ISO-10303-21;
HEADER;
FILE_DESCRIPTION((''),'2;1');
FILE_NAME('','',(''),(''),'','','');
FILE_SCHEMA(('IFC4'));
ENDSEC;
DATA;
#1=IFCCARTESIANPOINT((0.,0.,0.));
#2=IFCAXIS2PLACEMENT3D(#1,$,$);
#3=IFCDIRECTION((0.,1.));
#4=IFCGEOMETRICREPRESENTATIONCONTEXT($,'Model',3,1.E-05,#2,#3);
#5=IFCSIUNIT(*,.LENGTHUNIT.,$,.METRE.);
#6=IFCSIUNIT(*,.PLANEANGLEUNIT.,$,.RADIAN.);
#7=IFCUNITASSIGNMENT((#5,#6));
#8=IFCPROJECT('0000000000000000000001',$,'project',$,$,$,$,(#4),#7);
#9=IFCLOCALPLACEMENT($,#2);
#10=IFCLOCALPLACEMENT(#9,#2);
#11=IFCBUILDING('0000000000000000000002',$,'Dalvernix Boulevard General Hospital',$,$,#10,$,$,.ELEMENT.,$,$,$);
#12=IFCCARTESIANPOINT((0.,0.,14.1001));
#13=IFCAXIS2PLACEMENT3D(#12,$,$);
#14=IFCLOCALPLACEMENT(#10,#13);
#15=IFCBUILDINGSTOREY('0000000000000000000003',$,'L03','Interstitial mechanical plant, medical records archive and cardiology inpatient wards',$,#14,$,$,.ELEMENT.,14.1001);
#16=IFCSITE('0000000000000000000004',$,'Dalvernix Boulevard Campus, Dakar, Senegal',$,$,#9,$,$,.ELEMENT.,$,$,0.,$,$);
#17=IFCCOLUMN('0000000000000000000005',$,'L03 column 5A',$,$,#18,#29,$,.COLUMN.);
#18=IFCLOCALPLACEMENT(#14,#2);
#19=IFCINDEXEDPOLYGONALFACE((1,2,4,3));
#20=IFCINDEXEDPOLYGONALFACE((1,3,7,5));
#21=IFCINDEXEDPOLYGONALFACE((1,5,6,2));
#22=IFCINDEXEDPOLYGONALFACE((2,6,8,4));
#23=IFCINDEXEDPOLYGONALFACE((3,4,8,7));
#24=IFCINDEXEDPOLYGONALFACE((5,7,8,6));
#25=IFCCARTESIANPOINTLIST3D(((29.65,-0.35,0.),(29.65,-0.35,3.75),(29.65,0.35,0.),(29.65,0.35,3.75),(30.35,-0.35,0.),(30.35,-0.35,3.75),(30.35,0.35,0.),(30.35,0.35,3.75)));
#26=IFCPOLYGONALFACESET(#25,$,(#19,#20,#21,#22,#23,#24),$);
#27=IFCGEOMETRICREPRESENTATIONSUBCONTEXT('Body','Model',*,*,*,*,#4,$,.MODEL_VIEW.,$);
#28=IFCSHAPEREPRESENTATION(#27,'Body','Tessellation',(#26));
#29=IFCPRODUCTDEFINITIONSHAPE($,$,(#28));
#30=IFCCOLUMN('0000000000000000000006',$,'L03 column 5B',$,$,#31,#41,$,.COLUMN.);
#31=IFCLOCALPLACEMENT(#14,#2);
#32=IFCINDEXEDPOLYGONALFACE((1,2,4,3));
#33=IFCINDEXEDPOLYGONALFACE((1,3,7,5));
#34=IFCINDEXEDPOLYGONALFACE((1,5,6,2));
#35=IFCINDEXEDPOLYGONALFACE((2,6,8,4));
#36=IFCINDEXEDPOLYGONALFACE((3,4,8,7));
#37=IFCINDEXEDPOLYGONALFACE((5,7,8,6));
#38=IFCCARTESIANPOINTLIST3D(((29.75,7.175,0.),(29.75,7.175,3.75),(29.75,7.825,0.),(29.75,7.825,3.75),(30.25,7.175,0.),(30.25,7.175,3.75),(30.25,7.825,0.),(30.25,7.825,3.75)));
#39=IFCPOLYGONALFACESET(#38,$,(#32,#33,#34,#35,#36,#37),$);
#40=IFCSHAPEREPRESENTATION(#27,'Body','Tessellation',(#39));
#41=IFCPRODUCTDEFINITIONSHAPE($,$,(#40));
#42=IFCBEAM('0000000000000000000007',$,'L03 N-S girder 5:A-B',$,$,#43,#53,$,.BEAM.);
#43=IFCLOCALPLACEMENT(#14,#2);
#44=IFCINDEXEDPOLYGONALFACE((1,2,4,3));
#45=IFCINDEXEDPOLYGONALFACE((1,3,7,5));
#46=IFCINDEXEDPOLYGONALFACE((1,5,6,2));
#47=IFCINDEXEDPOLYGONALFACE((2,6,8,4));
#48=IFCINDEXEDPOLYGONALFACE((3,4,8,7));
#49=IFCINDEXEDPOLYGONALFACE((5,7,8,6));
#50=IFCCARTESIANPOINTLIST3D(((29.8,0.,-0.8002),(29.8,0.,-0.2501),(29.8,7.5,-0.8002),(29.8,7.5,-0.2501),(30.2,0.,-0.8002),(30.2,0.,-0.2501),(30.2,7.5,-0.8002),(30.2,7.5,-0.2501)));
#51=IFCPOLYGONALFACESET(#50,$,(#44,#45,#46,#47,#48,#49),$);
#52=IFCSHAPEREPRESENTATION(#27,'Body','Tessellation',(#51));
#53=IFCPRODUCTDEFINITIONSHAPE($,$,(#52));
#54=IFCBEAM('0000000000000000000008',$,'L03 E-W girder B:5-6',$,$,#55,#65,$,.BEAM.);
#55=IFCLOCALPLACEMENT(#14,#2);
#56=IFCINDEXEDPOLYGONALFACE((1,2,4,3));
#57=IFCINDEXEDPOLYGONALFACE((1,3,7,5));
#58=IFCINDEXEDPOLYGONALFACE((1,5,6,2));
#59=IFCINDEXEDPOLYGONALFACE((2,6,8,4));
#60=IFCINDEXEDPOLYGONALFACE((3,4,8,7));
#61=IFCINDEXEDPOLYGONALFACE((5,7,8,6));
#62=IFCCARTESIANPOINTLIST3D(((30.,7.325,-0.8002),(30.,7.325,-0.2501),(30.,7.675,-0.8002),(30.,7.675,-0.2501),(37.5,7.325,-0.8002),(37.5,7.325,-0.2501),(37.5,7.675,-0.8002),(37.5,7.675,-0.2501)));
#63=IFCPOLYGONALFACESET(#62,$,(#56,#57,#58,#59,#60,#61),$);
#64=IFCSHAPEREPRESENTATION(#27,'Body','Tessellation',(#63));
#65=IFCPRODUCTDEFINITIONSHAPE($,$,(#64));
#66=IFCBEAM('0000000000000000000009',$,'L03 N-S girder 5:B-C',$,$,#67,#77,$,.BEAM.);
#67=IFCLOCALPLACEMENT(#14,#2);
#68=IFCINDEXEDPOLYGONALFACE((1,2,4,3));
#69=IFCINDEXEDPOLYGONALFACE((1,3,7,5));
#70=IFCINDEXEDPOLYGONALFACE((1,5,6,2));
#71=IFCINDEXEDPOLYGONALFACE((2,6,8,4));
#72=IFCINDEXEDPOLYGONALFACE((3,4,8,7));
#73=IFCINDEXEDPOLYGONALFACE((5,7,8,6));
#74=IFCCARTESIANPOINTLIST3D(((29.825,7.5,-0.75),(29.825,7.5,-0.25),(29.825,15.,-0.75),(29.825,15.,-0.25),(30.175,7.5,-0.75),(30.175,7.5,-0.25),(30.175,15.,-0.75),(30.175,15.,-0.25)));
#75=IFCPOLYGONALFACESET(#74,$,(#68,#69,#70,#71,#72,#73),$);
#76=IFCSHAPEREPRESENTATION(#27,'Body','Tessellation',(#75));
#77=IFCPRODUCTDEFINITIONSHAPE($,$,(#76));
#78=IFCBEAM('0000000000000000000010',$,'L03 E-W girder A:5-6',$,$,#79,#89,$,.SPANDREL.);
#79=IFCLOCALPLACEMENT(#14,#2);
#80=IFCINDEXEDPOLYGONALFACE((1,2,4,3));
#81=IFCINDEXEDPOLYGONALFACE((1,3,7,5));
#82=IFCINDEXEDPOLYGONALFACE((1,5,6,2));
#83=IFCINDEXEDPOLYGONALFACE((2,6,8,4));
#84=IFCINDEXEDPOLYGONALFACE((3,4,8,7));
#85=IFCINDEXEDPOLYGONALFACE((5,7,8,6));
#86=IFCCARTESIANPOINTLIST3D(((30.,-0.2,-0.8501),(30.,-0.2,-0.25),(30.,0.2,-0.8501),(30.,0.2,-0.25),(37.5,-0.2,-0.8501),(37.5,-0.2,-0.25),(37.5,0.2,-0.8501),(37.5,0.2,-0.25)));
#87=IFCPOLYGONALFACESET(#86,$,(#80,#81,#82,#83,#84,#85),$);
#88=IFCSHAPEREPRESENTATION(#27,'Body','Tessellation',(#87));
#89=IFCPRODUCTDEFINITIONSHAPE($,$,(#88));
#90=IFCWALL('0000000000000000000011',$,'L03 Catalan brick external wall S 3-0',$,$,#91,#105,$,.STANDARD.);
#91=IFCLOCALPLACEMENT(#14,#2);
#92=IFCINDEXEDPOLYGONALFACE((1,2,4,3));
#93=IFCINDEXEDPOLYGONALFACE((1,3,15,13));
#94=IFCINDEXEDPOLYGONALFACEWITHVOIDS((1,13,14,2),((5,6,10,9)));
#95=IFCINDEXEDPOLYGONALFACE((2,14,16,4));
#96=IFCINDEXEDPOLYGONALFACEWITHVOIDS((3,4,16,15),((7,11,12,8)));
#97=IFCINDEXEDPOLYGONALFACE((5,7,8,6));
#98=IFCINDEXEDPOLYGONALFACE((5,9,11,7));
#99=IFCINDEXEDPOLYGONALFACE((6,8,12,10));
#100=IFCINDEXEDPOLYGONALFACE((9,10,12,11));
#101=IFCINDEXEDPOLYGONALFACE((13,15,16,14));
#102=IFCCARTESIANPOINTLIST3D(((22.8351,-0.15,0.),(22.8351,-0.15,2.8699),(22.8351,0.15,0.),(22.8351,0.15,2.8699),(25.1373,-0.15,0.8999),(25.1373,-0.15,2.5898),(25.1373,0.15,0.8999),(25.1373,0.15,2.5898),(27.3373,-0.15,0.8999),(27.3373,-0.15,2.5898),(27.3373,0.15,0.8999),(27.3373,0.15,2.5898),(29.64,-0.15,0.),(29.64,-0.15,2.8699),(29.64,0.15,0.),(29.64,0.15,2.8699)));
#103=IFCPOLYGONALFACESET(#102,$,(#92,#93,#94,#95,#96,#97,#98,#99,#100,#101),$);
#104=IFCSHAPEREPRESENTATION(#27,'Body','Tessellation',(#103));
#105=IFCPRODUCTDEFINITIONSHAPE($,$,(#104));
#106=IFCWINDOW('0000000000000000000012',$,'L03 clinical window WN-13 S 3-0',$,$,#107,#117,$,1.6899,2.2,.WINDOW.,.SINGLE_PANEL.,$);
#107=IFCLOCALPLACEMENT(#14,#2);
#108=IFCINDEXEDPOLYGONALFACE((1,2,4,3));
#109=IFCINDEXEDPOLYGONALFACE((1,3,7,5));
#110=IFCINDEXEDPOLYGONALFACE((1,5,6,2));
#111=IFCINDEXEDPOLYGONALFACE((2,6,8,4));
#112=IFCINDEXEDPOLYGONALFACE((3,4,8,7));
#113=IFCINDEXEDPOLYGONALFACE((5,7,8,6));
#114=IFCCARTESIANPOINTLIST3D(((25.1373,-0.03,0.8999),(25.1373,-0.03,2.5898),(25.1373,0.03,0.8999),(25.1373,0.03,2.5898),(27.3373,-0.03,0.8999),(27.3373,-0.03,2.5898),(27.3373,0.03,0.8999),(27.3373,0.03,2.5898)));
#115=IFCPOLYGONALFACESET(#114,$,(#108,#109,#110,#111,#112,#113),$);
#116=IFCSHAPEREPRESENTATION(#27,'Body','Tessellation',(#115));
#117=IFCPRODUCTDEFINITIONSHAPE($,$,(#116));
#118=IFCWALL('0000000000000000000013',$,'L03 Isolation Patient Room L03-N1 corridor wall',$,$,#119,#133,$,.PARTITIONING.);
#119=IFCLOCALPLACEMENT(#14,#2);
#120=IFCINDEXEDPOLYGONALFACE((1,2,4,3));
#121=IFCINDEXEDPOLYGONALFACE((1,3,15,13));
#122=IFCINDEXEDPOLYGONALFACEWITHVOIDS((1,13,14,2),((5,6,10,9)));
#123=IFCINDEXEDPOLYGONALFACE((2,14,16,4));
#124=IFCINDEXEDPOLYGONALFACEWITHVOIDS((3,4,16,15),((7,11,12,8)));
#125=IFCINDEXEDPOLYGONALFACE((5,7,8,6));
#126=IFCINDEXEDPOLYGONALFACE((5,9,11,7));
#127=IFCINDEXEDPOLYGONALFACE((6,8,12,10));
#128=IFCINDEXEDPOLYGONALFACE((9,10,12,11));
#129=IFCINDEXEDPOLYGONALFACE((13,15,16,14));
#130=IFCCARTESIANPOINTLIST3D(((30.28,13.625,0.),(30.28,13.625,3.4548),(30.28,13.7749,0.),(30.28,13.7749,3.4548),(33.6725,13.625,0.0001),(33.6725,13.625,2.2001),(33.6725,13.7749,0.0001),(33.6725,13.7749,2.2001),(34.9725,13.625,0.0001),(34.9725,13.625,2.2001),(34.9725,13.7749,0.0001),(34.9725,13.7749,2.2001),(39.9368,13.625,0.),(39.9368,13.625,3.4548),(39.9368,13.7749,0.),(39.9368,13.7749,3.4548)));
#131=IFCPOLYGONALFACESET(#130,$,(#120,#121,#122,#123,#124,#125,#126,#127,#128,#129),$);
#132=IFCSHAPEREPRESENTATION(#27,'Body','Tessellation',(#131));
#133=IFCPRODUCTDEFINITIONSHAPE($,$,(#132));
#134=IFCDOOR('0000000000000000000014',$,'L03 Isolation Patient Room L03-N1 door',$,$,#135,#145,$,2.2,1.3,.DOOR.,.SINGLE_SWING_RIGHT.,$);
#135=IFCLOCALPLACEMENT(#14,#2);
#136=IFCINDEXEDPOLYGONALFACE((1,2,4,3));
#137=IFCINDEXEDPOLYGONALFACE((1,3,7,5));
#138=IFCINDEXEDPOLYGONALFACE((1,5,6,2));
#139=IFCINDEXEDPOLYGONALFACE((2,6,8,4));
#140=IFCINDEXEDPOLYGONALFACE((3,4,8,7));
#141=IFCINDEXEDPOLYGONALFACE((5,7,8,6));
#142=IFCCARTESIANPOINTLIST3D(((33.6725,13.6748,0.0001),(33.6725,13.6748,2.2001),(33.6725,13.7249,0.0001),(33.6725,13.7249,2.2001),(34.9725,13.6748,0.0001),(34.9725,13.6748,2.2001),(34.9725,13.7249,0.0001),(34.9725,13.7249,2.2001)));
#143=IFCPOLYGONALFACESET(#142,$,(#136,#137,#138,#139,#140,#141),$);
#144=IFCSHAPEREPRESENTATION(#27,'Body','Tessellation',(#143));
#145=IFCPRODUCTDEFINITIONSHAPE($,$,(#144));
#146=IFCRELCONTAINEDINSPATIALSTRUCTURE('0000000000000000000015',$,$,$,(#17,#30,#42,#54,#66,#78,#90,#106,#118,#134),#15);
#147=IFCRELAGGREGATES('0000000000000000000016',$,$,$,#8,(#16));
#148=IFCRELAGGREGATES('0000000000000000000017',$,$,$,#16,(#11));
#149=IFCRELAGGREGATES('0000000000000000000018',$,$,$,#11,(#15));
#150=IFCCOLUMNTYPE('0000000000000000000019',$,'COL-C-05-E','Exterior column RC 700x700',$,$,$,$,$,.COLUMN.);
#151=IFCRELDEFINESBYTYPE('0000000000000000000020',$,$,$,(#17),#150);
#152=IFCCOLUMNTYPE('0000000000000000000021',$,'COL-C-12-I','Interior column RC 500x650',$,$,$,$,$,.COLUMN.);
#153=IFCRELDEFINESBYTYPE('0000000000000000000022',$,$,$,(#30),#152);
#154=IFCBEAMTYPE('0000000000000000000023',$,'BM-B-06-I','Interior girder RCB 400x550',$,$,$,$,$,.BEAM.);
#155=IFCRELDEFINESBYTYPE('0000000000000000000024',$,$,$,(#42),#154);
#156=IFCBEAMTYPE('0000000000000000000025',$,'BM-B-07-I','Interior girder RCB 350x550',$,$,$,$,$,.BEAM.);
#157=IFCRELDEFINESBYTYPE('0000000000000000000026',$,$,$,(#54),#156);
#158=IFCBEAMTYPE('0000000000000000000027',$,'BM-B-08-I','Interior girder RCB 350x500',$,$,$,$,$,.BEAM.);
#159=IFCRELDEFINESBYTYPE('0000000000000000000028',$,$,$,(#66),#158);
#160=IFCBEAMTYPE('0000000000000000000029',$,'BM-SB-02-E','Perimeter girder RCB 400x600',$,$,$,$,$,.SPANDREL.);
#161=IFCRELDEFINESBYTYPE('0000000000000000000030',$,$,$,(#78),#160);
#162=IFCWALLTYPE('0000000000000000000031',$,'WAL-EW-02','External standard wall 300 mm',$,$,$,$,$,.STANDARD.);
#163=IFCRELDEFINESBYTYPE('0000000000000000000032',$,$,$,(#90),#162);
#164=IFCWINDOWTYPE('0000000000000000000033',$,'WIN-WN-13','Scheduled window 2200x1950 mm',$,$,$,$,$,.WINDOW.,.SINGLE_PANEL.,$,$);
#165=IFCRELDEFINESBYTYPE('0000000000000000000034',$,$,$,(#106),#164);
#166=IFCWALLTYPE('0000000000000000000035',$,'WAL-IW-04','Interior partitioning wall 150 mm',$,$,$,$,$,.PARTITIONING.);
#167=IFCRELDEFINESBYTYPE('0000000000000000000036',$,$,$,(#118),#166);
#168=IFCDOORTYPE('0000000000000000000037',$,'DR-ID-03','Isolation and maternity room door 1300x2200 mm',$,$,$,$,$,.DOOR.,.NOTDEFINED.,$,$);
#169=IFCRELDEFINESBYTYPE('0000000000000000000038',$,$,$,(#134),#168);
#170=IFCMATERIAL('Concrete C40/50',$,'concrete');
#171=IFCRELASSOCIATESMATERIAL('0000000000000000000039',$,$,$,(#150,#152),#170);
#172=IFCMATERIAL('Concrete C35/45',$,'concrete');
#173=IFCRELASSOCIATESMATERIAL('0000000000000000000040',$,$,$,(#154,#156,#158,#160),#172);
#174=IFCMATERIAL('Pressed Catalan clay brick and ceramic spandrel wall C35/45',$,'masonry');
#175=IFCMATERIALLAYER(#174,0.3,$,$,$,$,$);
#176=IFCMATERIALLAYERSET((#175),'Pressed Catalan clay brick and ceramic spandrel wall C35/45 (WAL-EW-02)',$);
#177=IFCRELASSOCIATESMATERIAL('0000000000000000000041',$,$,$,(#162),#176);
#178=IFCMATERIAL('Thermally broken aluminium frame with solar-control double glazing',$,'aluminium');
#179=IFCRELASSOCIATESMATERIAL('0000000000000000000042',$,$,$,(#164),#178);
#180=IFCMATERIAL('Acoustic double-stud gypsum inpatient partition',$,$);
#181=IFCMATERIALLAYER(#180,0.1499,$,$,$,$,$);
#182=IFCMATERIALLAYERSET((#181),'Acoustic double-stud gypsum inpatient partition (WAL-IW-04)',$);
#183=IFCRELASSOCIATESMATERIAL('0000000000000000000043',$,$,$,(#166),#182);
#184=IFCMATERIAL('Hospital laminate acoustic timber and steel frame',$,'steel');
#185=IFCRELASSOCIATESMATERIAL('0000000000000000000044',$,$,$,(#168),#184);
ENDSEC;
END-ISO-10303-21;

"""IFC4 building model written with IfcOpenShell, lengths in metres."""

from ifc_helpers import new_model, si_unit, direction, frame, frame_2d, origin, origin_2d, place, context, subcontext, project, spatial, rectangle, extrude, material, layer, layer_set, material_profile, profile_set, type_object, element, fill, save


model = new_model("IFC4")

# Units and contexts
model_context = context("Model", 3, precision=1e-05, world=origin(), true_north=direction((0.0, 1.0)))
body_context = subcontext(model_context, "Body", "Model", "MODEL_VIEW")
ifc_project = project(units=[si_unit("LENGTHUNIT", "METRE"), si_unit("PLANEANGLEUNIT", "RADIAN")], contexts=[model_context])

# Site, building, storey
site_placement = place(None, origin())
site = spatial("IfcSite", under=ifc_project, at=site_placement, Name="Dalvernix Boulevard Campus, Dakar, Senegal", CompositionType="ELEMENT", RefElevation=0.0)
building_placement = place(site_placement, origin())
building = spatial("IfcBuilding", under=site, at=building_placement, Name="Dalvernix Boulevard General Hospital", CompositionType="ELEMENT")
storey_placement = place(building_placement, frame((0.0, 0.0, 14.1001)))
storey = spatial("IfcBuildingStorey", under=building, at=storey_placement, Name="L03", Description="Interstitial mechanical plant, medical records archive and cardiology inpatient wards", CompositionType="ELEMENT", Elevation=14.1001)

# Columns
ifc_material_1 = material(Name="Concrete C40/50", Category="concrete")
ifc_material_profile_1 = material_profile(ifc_material_1, rectangle(XDim=0.7, YDim=0.7, at=origin_2d()), Name="RC 700x700")
ifc_profile_set_1 = profile_set([ifc_material_profile_1], Name="Concrete C40/50")
column_type_1 = type_object("IfcColumnType", Name="COL-C-05-E", Description="Exterior column RC 700x700", PredefinedType="COLUMN", material=ifc_profile_set_1)
column_1_placement = place(storey_placement, frame((30.0, 0.0, 0.0), z_axis=(0.0, 0.0, 1.0), x_axis=(1.0, 0.0, 0.0)))
element("IfcColumn", 1, at=column_1_placement, inside=storey, type_object=column_type_1, Name="L03 column 5A", PredefinedType="COLUMN", context=body_context, shape_type="SweptSolid", body=[
    extrude(rectangle(XDim=0.7, YDim=0.7, at=origin_2d()), origin(), (0.0, 0.0, 1.0), 3.75),
])
ifc_material_profile_2 = material_profile(ifc_material_1, rectangle(XDim=0.5, YDim=0.6499, at=origin_2d()), Name="RC 500x650")
ifc_profile_set_2 = profile_set([ifc_material_profile_2], Name="Concrete C40/50")
column_type_2 = type_object("IfcColumnType", Name="COL-C-12-I", Description="Interior column RC 500x650", PredefinedType="COLUMN", material=ifc_profile_set_2)
column_2_placement = place(storey_placement, frame((30.0, 7.5, 0.0), z_axis=(0.0, 0.0, 1.0), x_axis=(1.0, 0.0, 0.0)))
element("IfcColumn", 2, at=column_2_placement, inside=storey, type_object=column_type_2, Name="L03 column 5B", PredefinedType="COLUMN", context=body_context, shape_type="SweptSolid", body=[
    extrude(rectangle(XDim=0.5, YDim=0.6499, at=origin_2d()), origin(), (0.0, 0.0, 1.0), 3.75),
])

# Beams
ifc_material_2 = material(Name="Concrete C35/45", Category="concrete")
ifc_material_profile_3 = material_profile(ifc_material_2, rectangle(XDim=0.3999, YDim=0.55, at=origin_2d()), Name="RCB 400x550")
ifc_profile_set_3 = profile_set([ifc_material_profile_3], Name="Concrete C35/45")
beam_type_1 = type_object("IfcBeamType", Name="BM-B-06-I", Description="Interior girder RCB 400x550", PredefinedType="BEAM", material=ifc_profile_set_3)
beam_1_placement = place(storey_placement, frame((30.0, 0.0, -0.5251), z_axis=(0.0, 1.0, 0.0), x_axis=(-1.0, 0.0, 0.0)))
element("IfcBeam", 3, at=beam_1_placement, inside=storey, type_object=beam_type_1, Name="L03 N-S girder 5:A-B", PredefinedType="BEAM", context=body_context, shape_type="SweptSolid", body=[
    extrude(rectangle(XDim=0.3999, YDim=0.55, at=origin_2d()), origin(), (0.0, 0.0, 1.0), 7.5),
])
ifc_material_profile_4 = material_profile(ifc_material_2, rectangle(XDim=0.3501, YDim=0.55, at=origin_2d()), Name="RCB 350x550")
ifc_profile_set_4 = profile_set([ifc_material_profile_4], Name="Concrete C35/45")
beam_type_2 = type_object("IfcBeamType", Name="BM-B-07-I", Description="Interior girder RCB 350x550", PredefinedType="BEAM", material=ifc_profile_set_4)
beam_2_placement = place(storey_placement, frame((30.0, 7.5, -0.5251), z_axis=(1.0, 0.0, 0.0), x_axis=(0.0, 1.0, 0.0)))
element("IfcBeam", 4, at=beam_2_placement, inside=storey, type_object=beam_type_2, Name="L03 E-W girder B:5-6", PredefinedType="BEAM", context=body_context, shape_type="SweptSolid", body=[
    extrude(rectangle(XDim=0.3501, YDim=0.55, at=origin_2d()), origin(), (0.0, 0.0, 1.0), 7.5),
])
ifc_material_profile_5 = material_profile(ifc_material_2, rectangle(XDim=0.3501, YDim=0.5, at=origin_2d()), Name="RCB 350x500")
ifc_profile_set_5 = profile_set([ifc_material_profile_5], Name="Concrete C35/45")
beam_type_3 = type_object("IfcBeamType", Name="BM-B-08-I", Description="Interior girder RCB 350x500", PredefinedType="BEAM", material=ifc_profile_set_5)
beam_3_placement = place(storey_placement, frame((30.0, 7.5, -0.5), z_axis=(0.0, 1.0, 0.0), x_axis=(-1.0, 0.0, 0.0)))
element("IfcBeam", 5, at=beam_3_placement, inside=storey, type_object=beam_type_3, Name="L03 N-S girder 5:B-C", PredefinedType="BEAM", context=body_context, shape_type="SweptSolid", body=[
    extrude(rectangle(XDim=0.3501, YDim=0.5, at=origin_2d()), origin(), (0.0, 0.0, 1.0), 7.5),
])
ifc_material_profile_6 = material_profile(ifc_material_2, rectangle(XDim=0.3999, YDim=0.6001, at=origin_2d()), Name="RCB 400x600")
ifc_profile_set_6 = profile_set([ifc_material_profile_6], Name="Concrete C35/45")
beam_type_4 = type_object("IfcBeamType", Name="BM-SB-02-E", Description="Perimeter girder RCB 400x600", PredefinedType="SPANDREL", material=ifc_profile_set_6)
beam_4_placement = place(storey_placement, frame((30.0, 0.0, -0.55), z_axis=(1.0, 0.0, 0.0), x_axis=(0.0, 1.0, 0.0)))
element("IfcBeam", 6, at=beam_4_placement, inside=storey, type_object=beam_type_4, Name="L03 E-W girder A:5-6", PredefinedType="SPANDREL", context=body_context, shape_type="SweptSolid", body=[
    extrude(rectangle(XDim=0.3999, YDim=0.6001, at=origin_2d()), origin(), (0.0, 0.0, 1.0), 7.5),
])

# Wall, opening, window
ifc_material_3 = material(Name="Pressed Catalan clay brick and ceramic spandrel wall C35/45", Category="masonry")
ifc_layer_1 = layer(ifc_material_3, 0.3)
ifc_layer_set_1 = layer_set([ifc_layer_1], Name="Pressed Catalan clay brick and ceramic spandrel wall C35/45 (WAL-EW-02)")
wall_type_1 = type_object("IfcWallType", Name="WAL-EW-02", Description="External standard wall 300 mm", PredefinedType="STANDARD", material=ifc_layer_set_1)
wall_1_placement = place(storey_placement, frame((29.6399, 0.0, 0.0), z_axis=(0.0, 0.0, 1.0), x_axis=(-1.0, 0.0, 0.0)))
wall_1 = element("IfcWall", 7, at=wall_1_placement, inside=storey, type_object=wall_type_1, Name="L03 Catalan brick external wall S 3-0", PredefinedType="STANDARD", context=body_context, shape_type="SweptSolid", body=[
    extrude(rectangle(XDim=6.8049, YDim=0.3, at=frame_2d((3.4023, 0.0))), origin(), (0.0, 0.0, 1.0), 2.8699),
])
opening_1_placement = place(wall_1_placement, frame((2.3025, 0.0, 0.8999)))
opening_1 = element("IfcOpeningElement", 8, at=opening_1_placement, cuts=wall_1, PredefinedType="OPENING", context=body_context, shape_type="SweptSolid", body=[
    extrude(rectangle(XDim=2.2, YDim=1.6899, at=frame_2d((1.1001, 0.845))), frame((0.0, 0.1599, 0.0), z_axis=(0.0, -1.0, 0.0), x_axis=(1.0, 0.0, 0.0)), (0.0, 0.0, 1.0), 0.3201),
])
ifc_material_4 = material(Name="Thermally broken aluminium frame with solar-control double glazing", Category="aluminium")
window_type = type_object("IfcWindowType", Name="WIN-WN-13", Description="Scheduled window 2200x1950 mm", PartitioningType="SINGLE_PANEL", PredefinedType="WINDOW", material=ifc_material_4)
window_placement = place(opening_1_placement, origin())
window = element("IfcWindow", 9, at=window_placement, inside=storey, type_object=window_type, Name="L03 clinical window WN-13 S 3-0", OverallHeight=1.6899, OverallWidth=2.2, PartitioningType="SINGLE_PANEL", PredefinedType="WINDOW", context=body_context, shape_type="SweptSolid", body=[
    extrude(rectangle(XDim=2.2, YDim=1.6899, at=frame_2d((1.1001, 0.845))), frame((0.0, 0.03, 0.0), z_axis=(0.0, -1.0, 0.0), x_axis=(1.0, 0.0, 0.0)), (0.0, 0.0, 1.0), 0.0601),
])
fill(opening_1, window)

# Wall, opening, door
ifc_material_5 = material(Name="Acoustic double-stud gypsum inpatient partition")
ifc_layer_2 = layer(ifc_material_5, 0.1499)
ifc_layer_set_2 = layer_set([ifc_layer_2], Name="Acoustic double-stud gypsum inpatient partition (WAL-IW-04)")
wall_type_2 = type_object("IfcWallType", Name="WAL-IW-04", Description="Interior partitioning wall 150 mm", PredefinedType="PARTITIONING", material=ifc_layer_set_2)
wall_2_placement = place(storey_placement, frame((30.28, 13.7, 0.0), z_axis=(0.0, 0.0, 1.0), x_axis=(1.0, 0.0, 0.0)))
wall_2 = element("IfcWall", 10, at=wall_2_placement, inside=storey, type_object=wall_type_2, Name="L03 Isolation Patient Room L03-N1 corridor wall", PredefinedType="PARTITIONING", context=body_context, shape_type="SweptSolid", body=[
    extrude(rectangle(XDim=9.6567, YDim=0.1499, at=frame_2d((4.8284, 0.0))), origin(), (0.0, 0.0, 1.0), 3.4548),
])
opening_2_placement = place(wall_2_placement, frame((3.3926, 0.0, 0.0)))
opening_2 = element("IfcOpeningElement", 11, at=opening_2_placement, cuts=wall_2, PredefinedType="OPENING", context=body_context, shape_type="SweptSolid", body=[
    extrude(rectangle(XDim=1.3, YDim=2.2, at=frame_2d((0.6499, 1.1001))), frame((0.0, 0.085, 0.0), z_axis=(0.0, -1.0, 0.0), x_axis=(1.0, 0.0, 0.0)), (0.0, 0.0, 1.0), 0.1699),
])
ifc_material_6 = material(Name="Hospital laminate acoustic timber and steel frame", Category="steel")
door_type_1 = type_object("IfcDoorType", Name="DR-ID-03", Description="Isolation and maternity room door 1300x2200 mm", OperationType="NOTDEFINED", PredefinedType="DOOR", material=ifc_material_6)
door_1_placement = place(opening_2_placement, origin())
door_1 = element("IfcDoor", 12, at=door_1_placement, inside=storey, type_object=door_type_1, Name="L03 Isolation Patient Room L03-N1 door", OperationType="SINGLE_SWING_RIGHT", OverallHeight=2.2, OverallWidth=1.3, PredefinedType="DOOR", context=body_context, shape_type="SweptSolid", body=[
    extrude(rectangle(XDim=1.3, YDim=2.2, at=frame_2d((0.6499, 1.1001))), frame((0.0, 0.0249, 0.0), z_axis=(0.0, -1.0, 0.0), x_axis=(1.0, 0.0, 0.0)), (0.0, 0.0, 1.0), 0.05),
])
fill(opening_2, door_1)

save(model, "model.ifc")
